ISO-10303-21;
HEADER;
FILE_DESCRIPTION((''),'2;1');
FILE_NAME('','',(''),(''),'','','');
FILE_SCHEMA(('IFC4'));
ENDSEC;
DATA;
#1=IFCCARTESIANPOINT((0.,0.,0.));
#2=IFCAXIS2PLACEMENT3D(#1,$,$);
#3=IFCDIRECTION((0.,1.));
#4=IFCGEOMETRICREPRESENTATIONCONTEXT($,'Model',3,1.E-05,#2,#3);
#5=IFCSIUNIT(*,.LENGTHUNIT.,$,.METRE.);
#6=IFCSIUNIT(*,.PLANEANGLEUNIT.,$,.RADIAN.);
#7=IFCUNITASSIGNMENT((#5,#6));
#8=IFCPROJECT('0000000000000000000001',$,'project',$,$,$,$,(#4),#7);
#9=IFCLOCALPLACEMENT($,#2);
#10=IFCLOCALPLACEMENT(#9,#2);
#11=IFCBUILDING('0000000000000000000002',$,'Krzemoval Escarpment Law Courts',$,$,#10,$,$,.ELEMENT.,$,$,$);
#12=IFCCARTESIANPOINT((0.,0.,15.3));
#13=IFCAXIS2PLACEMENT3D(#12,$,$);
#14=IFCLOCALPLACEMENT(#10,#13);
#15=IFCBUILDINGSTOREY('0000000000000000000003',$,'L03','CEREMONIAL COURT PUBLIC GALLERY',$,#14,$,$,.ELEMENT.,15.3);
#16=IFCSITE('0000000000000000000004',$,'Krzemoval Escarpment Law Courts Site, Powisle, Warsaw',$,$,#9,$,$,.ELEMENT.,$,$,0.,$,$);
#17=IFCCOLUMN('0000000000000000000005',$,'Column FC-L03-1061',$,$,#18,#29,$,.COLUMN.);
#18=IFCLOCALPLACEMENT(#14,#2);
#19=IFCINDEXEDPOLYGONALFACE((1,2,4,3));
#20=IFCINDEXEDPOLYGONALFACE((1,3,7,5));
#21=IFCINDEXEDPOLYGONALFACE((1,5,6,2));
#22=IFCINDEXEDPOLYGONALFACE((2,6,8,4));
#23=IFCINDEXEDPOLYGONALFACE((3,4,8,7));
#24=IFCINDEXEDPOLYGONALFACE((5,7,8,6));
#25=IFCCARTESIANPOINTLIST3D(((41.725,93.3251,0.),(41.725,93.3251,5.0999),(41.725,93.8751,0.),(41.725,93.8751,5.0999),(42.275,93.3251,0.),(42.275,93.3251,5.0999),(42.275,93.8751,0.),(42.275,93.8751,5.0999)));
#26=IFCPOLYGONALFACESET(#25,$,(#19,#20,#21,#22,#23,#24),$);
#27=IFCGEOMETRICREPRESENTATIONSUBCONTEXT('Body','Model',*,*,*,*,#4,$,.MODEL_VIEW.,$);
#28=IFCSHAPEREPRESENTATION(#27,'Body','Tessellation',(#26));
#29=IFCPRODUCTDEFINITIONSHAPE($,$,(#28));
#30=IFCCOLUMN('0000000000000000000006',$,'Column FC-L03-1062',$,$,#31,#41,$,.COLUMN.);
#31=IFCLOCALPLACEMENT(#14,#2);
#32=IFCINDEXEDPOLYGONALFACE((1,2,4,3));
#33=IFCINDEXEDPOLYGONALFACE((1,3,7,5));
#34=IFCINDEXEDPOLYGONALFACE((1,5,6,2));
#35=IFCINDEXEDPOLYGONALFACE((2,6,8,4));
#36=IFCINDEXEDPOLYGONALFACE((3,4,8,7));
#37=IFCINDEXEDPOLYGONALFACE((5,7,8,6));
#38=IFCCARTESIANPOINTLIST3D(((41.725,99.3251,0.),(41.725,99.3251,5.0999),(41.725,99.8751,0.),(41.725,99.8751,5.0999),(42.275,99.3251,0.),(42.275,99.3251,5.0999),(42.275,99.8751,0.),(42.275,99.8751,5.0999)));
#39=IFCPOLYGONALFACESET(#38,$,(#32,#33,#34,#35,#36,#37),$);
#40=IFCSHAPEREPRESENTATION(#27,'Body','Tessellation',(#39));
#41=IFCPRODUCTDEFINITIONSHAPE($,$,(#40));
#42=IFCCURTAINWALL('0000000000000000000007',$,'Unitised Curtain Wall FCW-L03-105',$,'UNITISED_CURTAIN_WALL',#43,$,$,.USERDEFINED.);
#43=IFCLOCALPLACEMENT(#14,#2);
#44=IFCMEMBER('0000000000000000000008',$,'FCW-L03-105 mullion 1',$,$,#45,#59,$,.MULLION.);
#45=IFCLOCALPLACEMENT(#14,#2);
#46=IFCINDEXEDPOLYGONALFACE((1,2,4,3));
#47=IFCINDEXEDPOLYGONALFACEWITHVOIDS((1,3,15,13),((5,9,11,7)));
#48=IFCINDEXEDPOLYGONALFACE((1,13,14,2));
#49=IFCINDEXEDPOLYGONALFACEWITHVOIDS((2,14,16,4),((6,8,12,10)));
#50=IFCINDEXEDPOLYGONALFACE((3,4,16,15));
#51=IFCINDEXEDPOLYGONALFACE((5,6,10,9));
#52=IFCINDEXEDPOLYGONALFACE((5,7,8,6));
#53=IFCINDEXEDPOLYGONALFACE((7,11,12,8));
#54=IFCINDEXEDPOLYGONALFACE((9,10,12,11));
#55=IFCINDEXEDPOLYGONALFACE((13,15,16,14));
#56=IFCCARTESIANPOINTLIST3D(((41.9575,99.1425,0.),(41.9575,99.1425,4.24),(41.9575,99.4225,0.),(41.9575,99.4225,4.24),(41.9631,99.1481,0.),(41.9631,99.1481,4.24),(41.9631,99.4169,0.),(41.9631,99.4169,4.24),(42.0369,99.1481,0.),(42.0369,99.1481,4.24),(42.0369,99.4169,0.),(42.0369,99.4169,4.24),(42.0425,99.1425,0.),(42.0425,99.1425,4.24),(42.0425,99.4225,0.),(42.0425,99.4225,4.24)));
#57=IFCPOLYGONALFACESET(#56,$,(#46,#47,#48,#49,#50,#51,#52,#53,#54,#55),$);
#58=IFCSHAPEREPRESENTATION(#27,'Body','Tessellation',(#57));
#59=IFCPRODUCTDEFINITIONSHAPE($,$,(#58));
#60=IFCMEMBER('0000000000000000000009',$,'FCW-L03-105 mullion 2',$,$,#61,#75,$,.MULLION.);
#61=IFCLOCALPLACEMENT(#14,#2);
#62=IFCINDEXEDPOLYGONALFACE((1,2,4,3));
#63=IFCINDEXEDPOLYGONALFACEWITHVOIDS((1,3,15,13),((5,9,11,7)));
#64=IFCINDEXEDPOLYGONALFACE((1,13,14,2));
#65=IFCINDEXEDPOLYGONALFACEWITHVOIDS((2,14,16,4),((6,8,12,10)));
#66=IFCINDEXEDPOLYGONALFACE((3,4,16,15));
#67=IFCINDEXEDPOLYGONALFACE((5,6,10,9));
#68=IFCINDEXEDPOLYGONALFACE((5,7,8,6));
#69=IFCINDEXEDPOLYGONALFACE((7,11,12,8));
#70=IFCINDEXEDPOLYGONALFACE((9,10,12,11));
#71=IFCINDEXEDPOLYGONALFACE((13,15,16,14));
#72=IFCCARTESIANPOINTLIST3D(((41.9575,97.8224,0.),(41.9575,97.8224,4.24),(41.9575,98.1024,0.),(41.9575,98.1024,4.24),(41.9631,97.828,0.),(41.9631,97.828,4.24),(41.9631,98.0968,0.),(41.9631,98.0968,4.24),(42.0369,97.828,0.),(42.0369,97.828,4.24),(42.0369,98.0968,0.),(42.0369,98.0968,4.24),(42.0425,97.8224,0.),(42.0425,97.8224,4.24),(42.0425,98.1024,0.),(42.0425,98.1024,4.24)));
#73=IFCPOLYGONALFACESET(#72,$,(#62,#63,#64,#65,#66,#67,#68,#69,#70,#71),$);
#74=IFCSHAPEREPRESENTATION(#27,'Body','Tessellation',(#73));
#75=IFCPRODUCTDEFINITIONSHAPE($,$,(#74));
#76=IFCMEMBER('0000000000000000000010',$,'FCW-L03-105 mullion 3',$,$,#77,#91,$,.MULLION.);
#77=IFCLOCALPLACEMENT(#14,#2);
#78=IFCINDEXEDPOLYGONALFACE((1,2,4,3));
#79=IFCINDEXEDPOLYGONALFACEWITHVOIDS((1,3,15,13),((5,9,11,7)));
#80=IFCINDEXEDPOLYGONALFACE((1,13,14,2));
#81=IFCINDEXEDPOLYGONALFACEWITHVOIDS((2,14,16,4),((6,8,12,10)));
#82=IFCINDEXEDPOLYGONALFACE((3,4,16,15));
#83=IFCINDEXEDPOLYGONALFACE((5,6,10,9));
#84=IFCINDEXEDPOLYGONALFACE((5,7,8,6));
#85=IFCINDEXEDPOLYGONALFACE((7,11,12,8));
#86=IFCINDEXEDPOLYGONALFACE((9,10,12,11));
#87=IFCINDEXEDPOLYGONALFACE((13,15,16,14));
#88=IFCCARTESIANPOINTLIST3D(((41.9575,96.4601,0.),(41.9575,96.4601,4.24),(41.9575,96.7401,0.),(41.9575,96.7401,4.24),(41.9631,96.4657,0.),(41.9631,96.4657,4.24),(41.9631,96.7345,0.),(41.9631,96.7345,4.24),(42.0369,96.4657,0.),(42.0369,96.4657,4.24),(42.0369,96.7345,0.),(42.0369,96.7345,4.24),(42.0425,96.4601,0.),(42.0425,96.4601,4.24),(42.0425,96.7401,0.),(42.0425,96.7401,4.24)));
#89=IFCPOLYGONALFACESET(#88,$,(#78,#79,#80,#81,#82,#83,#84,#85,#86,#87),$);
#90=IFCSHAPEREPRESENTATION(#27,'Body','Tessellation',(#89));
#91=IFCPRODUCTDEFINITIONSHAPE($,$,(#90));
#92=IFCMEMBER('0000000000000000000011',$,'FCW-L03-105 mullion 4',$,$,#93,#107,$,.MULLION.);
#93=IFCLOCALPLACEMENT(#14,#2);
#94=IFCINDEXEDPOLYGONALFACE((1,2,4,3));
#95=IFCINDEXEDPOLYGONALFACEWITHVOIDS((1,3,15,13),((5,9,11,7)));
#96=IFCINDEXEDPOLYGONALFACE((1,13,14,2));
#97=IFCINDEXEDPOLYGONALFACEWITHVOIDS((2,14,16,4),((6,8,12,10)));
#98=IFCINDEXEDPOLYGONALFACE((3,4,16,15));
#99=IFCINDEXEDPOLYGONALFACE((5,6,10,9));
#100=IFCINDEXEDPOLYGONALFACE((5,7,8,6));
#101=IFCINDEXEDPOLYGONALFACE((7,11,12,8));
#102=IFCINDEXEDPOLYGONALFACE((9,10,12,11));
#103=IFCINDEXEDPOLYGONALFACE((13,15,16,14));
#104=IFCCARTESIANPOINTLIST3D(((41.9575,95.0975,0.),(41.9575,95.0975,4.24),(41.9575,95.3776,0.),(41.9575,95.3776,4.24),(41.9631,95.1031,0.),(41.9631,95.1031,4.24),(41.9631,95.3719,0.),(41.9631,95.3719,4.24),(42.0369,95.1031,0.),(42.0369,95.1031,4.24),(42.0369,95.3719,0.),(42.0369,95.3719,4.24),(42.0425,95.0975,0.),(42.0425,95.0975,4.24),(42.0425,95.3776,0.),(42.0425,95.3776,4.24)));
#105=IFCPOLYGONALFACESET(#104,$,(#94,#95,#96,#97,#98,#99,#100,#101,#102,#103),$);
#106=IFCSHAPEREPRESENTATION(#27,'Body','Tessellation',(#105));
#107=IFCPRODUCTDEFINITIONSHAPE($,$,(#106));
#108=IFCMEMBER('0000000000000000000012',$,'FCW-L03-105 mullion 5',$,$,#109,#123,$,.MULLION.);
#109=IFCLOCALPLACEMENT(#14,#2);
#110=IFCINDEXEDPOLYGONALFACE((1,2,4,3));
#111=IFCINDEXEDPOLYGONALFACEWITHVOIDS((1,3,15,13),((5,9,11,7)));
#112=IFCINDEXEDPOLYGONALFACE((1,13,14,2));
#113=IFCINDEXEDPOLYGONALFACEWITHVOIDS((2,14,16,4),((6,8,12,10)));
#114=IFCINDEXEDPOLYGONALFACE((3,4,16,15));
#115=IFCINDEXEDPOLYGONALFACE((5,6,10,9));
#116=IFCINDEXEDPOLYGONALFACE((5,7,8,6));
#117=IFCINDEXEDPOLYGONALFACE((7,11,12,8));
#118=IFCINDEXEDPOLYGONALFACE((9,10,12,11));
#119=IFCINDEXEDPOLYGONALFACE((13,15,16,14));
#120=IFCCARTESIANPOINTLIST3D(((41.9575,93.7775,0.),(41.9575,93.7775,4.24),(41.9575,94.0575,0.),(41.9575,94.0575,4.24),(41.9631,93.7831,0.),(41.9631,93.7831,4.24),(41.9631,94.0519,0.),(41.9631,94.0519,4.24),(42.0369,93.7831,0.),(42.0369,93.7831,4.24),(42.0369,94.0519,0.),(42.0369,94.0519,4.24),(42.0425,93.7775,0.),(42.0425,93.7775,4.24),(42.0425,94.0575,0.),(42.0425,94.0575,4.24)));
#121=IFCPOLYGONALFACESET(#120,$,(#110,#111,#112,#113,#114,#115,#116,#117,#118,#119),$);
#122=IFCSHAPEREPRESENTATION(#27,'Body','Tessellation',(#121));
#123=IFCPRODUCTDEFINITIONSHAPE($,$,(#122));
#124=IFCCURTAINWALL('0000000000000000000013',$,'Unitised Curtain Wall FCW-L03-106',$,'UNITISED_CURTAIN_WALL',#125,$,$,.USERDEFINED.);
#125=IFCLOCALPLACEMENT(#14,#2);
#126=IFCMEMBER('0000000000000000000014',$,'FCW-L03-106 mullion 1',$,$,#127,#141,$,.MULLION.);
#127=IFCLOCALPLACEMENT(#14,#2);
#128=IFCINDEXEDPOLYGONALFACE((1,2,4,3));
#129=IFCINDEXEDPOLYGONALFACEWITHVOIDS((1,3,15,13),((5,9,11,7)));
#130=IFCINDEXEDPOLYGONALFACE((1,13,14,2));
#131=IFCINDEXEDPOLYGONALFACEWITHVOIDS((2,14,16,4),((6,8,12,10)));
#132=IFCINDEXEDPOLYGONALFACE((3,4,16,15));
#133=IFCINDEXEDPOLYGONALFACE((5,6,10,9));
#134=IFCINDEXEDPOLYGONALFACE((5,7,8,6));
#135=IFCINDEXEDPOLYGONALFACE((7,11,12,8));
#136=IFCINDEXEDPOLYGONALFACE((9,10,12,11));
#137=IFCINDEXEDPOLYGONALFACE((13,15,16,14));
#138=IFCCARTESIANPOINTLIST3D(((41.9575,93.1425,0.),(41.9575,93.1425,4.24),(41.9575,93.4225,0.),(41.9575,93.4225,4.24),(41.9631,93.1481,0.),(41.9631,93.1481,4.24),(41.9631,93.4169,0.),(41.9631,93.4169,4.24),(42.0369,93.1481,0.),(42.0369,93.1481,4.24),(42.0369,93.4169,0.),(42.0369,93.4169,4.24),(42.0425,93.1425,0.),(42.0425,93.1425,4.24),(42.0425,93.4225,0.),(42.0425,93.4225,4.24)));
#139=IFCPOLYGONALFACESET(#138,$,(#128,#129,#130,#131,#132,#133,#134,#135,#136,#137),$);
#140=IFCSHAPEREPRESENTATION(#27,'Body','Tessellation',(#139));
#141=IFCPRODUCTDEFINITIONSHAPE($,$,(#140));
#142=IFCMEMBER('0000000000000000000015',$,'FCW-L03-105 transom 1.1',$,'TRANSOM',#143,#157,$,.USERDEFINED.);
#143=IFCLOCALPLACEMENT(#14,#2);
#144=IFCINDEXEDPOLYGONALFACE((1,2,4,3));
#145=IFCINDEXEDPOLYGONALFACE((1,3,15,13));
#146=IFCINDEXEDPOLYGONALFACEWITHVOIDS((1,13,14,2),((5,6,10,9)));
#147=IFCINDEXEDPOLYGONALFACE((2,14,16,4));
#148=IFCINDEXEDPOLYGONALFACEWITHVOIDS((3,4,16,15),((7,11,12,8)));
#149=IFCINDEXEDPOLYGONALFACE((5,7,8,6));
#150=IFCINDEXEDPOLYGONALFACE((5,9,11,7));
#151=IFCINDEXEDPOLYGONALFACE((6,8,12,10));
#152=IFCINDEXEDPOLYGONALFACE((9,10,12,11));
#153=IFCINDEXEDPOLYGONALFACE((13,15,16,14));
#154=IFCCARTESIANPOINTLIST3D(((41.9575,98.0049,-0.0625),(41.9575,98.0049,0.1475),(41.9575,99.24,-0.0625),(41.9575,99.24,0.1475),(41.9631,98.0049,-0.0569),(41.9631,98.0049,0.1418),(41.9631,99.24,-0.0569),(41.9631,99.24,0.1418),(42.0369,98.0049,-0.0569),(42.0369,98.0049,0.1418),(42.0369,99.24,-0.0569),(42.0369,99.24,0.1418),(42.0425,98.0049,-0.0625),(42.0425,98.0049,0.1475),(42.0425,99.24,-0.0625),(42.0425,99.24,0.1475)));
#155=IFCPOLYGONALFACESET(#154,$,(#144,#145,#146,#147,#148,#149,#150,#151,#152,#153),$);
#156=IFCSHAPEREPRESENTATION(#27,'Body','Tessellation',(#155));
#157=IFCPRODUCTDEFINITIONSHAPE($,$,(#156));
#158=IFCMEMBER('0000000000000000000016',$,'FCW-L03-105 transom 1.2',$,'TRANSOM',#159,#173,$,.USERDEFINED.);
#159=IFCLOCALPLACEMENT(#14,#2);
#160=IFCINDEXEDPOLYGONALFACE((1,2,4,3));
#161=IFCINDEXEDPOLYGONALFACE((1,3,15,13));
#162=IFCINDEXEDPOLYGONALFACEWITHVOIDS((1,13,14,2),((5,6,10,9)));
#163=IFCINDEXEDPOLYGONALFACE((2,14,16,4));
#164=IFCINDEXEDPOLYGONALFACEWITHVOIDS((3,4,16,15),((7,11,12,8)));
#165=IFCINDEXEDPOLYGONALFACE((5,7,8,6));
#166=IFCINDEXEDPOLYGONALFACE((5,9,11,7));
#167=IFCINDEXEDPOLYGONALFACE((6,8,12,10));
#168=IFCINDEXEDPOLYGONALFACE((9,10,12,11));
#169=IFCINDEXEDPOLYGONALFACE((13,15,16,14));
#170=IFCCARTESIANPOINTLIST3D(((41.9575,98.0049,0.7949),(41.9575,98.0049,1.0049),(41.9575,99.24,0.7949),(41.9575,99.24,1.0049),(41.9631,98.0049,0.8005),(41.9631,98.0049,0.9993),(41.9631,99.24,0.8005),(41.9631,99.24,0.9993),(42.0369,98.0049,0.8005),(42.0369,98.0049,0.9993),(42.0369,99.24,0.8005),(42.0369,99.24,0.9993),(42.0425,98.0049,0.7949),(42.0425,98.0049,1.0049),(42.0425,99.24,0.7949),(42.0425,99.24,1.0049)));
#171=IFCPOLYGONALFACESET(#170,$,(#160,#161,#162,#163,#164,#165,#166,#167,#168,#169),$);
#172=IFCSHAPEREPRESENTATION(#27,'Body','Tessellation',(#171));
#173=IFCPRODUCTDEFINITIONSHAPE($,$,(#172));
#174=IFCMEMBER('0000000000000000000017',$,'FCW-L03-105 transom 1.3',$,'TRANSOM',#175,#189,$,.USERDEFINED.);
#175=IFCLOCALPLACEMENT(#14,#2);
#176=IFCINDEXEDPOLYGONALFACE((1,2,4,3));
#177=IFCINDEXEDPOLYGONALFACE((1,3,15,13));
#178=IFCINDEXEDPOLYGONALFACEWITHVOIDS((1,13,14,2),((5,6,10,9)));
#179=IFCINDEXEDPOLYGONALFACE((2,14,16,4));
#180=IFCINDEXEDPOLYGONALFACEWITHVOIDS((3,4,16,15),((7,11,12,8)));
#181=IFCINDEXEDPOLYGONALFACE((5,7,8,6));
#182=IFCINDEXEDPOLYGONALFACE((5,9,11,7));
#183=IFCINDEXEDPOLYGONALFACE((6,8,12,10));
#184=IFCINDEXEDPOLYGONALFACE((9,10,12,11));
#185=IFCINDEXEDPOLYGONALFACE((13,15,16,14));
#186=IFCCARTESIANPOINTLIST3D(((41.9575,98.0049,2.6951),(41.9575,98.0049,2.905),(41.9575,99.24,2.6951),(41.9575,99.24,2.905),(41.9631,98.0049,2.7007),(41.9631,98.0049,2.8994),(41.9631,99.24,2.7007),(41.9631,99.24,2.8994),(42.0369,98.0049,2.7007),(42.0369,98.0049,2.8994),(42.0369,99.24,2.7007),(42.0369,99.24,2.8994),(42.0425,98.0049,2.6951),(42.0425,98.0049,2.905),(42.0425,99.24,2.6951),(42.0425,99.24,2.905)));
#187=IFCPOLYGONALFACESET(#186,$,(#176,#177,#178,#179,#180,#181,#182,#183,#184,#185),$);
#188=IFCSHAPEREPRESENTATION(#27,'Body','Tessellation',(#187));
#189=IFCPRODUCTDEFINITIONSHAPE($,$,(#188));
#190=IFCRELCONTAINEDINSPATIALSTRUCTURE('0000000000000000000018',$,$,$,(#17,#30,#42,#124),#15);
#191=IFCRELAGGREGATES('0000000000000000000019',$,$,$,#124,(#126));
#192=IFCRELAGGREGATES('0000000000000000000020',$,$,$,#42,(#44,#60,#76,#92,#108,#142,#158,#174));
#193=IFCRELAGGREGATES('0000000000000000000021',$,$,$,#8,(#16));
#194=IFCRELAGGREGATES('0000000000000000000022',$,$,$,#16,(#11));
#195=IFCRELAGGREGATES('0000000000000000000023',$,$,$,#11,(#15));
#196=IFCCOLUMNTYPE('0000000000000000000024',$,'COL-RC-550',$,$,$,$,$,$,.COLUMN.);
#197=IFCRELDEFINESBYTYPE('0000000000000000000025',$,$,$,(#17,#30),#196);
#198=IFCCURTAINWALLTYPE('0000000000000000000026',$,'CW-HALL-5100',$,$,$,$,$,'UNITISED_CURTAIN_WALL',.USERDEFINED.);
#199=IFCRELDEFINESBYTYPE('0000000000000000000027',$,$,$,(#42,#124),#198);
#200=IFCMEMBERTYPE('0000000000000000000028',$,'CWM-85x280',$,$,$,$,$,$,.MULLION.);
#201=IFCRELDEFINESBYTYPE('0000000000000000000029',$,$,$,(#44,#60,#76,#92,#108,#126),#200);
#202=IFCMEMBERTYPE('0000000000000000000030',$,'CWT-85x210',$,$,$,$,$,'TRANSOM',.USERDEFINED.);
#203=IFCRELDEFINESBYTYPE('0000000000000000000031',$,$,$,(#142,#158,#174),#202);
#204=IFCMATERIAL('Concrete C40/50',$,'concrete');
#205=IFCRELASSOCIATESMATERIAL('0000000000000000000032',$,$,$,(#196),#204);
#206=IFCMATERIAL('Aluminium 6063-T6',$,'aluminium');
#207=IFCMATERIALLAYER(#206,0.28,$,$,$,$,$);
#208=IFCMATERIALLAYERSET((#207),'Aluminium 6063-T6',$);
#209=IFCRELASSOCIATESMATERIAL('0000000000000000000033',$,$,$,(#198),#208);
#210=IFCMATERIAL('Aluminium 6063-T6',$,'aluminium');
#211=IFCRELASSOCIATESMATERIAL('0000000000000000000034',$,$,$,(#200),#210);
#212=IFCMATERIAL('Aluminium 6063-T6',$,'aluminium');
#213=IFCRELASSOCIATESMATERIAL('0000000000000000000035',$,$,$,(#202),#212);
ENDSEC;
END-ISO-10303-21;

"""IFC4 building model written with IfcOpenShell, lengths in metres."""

from ifc_helpers import new_model, si_unit, direction, frame, origin, origin_2d, place, context, subcontext, project, spatial, rectangle, hollow_rectangle, extrude, material, layer, layer_set, material_profile, profile_set, type_object, element, aggregate, save


model = new_model("IFC4")

# Units and contexts
model_context = context("Model", 3, precision=1e-05, world=origin(), true_north=direction((0.0, 1.0)))
body_context = subcontext(model_context, "Body", "Model", "MODEL_VIEW")
ifc_project = project(units=[si_unit("LENGTHUNIT", "METRE"), si_unit("PLANEANGLEUNIT", "RADIAN")], contexts=[model_context])

# Site, building, storey
site_placement = place(None, origin())
site = spatial("IfcSite", under=ifc_project, at=site_placement, Name="Krzemoval Escarpment Law Courts Site, Powisle, Warsaw", CompositionType="ELEMENT", RefElevation=0.0)
building_placement = place(site_placement, origin())
building = spatial("IfcBuilding", under=site, at=building_placement, Name="Krzemoval Escarpment Law Courts", CompositionType="ELEMENT")
storey_placement = place(building_placement, frame((0.0, 0.0, 15.3)))
storey = spatial("IfcBuildingStorey", under=building, at=storey_placement, Name="L03", Description="CEREMONIAL COURT PUBLIC GALLERY", CompositionType="ELEMENT", Elevation=15.3)

# Columns
ifc_material_1 = material(Name="Concrete C40/50", Category="concrete")
ifc_material_profile_1 = material_profile(ifc_material_1, rectangle(XDim=0.55, YDim=0.55, at=origin_2d()), Name="RC 550x550")
ifc_profile_set_1 = profile_set([ifc_material_profile_1], Name="Concrete C40/50")
column_type = type_object("IfcColumnType", Name="COL-RC-550", PredefinedType="COLUMN", material=ifc_profile_set_1)
for number, where, z_axis, x_axis, name in (
    (1, (42.0, 93.6001, 0.0), (0.0, 0.0, 1.0), (1.0, 0.0, 0.0), "Column FC-L03-1061"),
    (2, (42.0, 99.6001, 0.0), (0.0, 0.0, 1.0), (1.0, 0.0, 0.0), "Column FC-L03-1062"),
):
    element("IfcColumn", number, at=place(storey_placement, frame(where, z_axis=z_axis, x_axis=x_axis)), inside=storey, type_object=column_type, Name=name, PredefinedType="COLUMN", context=body_context, shape_type="SweptSolid", body=[
        extrude(rectangle(XDim=0.55, YDim=0.55, at=origin_2d()), origin(), (0.0, 0.0, 1.0), 5.0999),
    ])

# Curtain wall, members
ifc_material_2 = material(Name="Aluminium 6063-T6", Category="aluminium")
ifc_layer_1 = layer(ifc_material_2, 0.28)
ifc_layer_set_1 = layer_set([ifc_layer_1], Name="Aluminium 6063-T6")
curtain_wall_type = type_object("IfcCurtainWallType", Name="CW-HALL-5100", ElementType="UNITISED_CURTAIN_WALL", PredefinedType="USERDEFINED", material=ifc_layer_set_1)
curtain_wall_1_placement = place(storey_placement, origin())
curtain_wall_1 = element("IfcCurtainWall", 3, at=curtain_wall_1_placement, inside=storey, type_object=curtain_wall_type, Name="Unitised Curtain Wall FCW-L03-105", ObjectType="UNITISED_CURTAIN_WALL", PredefinedType="USERDEFINED")
ifc_material_3 = material(Name="Aluminium 6063-T6", Category="aluminium")
ifc_material_profile_2 = material_profile(ifc_material_3, hollow_rectangle(XDim=0.085, YDim=0.28, WallThickness=0.0056, at=origin_2d()), Name="ALU M85x280")
ifc_profile_set_2 = profile_set([ifc_material_profile_2], Name="Aluminium 6063-T6")
member_type_1 = type_object("IfcMemberType", Name="CWM-85x280", PredefinedType="MULLION", material=ifc_profile_set_2)
member_1_placement = place(storey_placement, frame((42.0, 99.2825, 0.0), z_axis=(0.0, 0.0, 1.0), x_axis=(1.0, 0.0, 0.0)))
member_1 = element("IfcMember", 4, at=member_1_placement, type_object=member_type_1, Name="FCW-L03-105 mullion 1", PredefinedType="MULLION", context=body_context, shape_type="SweptSolid", body=[
    extrude(hollow_rectangle(XDim=0.085, YDim=0.28, WallThickness=0.0056, at=origin_2d()), origin(), (0.0, 0.0, 1.0), 4.24),
])
member_2_placement = place(storey_placement, frame((42.0, 97.9624, 0.0), z_axis=(0.0, 0.0, 1.0), x_axis=(1.0, 0.0, 0.0)))
member_2 = element("IfcMember", 5, at=member_2_placement, type_object=member_type_1, Name="FCW-L03-105 mullion 2", PredefinedType="MULLION", context=body_context, shape_type="SweptSolid", body=[
    extrude(hollow_rectangle(XDim=0.085, YDim=0.28, WallThickness=0.0056, at=origin_2d()), origin(), (0.0, 0.0, 1.0), 4.24),
])
member_3_placement = place(storey_placement, frame((42.0, 96.6001, 0.0), z_axis=(0.0, 0.0, 1.0), x_axis=(1.0, 0.0, 0.0)))
member_3 = element("IfcMember", 6, at=member_3_placement, type_object=member_type_1, Name="FCW-L03-105 mullion 3", PredefinedType="MULLION", context=body_context, shape_type="SweptSolid", body=[
    extrude(hollow_rectangle(XDim=0.085, YDim=0.28, WallThickness=0.0056, at=origin_2d()), origin(), (0.0, 0.0, 1.0), 4.24),
])
member_4_placement = place(storey_placement, frame((42.0, 95.2375, 0.0), z_axis=(0.0, 0.0, 1.0), x_axis=(1.0, 0.0, 0.0)))
member_4 = element("IfcMember", 7, at=member_4_placement, type_object=member_type_1, Name="FCW-L03-105 mullion 4", PredefinedType="MULLION", context=body_context, shape_type="SweptSolid", body=[
    extrude(hollow_rectangle(XDim=0.085, YDim=0.28, WallThickness=0.0056, at=origin_2d()), origin(), (0.0, 0.0, 1.0), 4.24),
])
member_5_placement = place(storey_placement, frame((42.0, 93.9175, 0.0), z_axis=(0.0, 0.0, 1.0), x_axis=(1.0, 0.0, 0.0)))
member_5 = element("IfcMember", 8, at=member_5_placement, type_object=member_type_1, Name="FCW-L03-105 mullion 5", PredefinedType="MULLION", context=body_context, shape_type="SweptSolid", body=[
    extrude(hollow_rectangle(XDim=0.085, YDim=0.28, WallThickness=0.0056, at=origin_2d()), origin(), (0.0, 0.0, 1.0), 4.24),
])

# Curtain wall, member
curtain_wall_2_placement = place(storey_placement, origin())
curtain_wall_2 = element("IfcCurtainWall", 9, at=curtain_wall_2_placement, inside=storey, type_object=curtain_wall_type, Name="Unitised Curtain Wall FCW-L03-106", ObjectType="UNITISED_CURTAIN_WALL", PredefinedType="USERDEFINED")
member_6_placement = place(storey_placement, frame((42.0, 93.2825, 0.0), z_axis=(0.0, 0.0, 1.0), x_axis=(1.0, 0.0, 0.0)))
member_6 = element("IfcMember", 10, at=member_6_placement, type_object=member_type_1, Name="FCW-L03-106 mullion 1", PredefinedType="MULLION", context=body_context, shape_type="SweptSolid", body=[
    extrude(hollow_rectangle(XDim=0.085, YDim=0.28, WallThickness=0.0056, at=origin_2d()), origin(), (0.0, 0.0, 1.0), 4.24),
])
aggregate(curtain_wall_2, [member_6])

# Members
ifc_material_4 = material(Name="Aluminium 6063-T6", Category="aluminium")
ifc_material_profile_3 = material_profile(ifc_material_4, hollow_rectangle(XDim=0.085, YDim=0.21, WallThickness=0.0056, at=origin_2d()), Name="ALU T85x210")
ifc_profile_set_3 = profile_set([ifc_material_profile_3], Name="Aluminium 6063-T6")
member_type_2 = type_object("IfcMemberType", Name="CWT-85x210", ElementType="TRANSOM", PredefinedType="USERDEFINED", material=ifc_profile_set_3)
member_7_placement = place(storey_placement, frame((42.0, 99.24, 0.0425), z_axis=(0.0, -1.0, 0.0), x_axis=(1.0, 0.0, 0.0)))
member_7 = element("IfcMember", 11, at=member_7_placement, type_object=member_type_2, Name="FCW-L03-105 transom 1.1", ObjectType="TRANSOM", PredefinedType="USERDEFINED", context=body_context, shape_type="SweptSolid", body=[
    extrude(hollow_rectangle(XDim=0.085, YDim=0.21, WallThickness=0.0056, at=origin_2d()), origin(), (0.0, 0.0, 1.0), 1.2351),
])
member_8_placement = place(storey_placement, frame((42.0, 99.24, 0.8999), z_axis=(0.0, -1.0, 0.0), x_axis=(1.0, 0.0, 0.0)))
member_8 = element("IfcMember", 12, at=member_8_placement, type_object=member_type_2, Name="FCW-L03-105 transom 1.2", ObjectType="TRANSOM", PredefinedType="USERDEFINED", context=body_context, shape_type="SweptSolid", body=[
    extrude(hollow_rectangle(XDim=0.085, YDim=0.21, WallThickness=0.0056, at=origin_2d()), origin(), (0.0, 0.0, 1.0), 1.2351),
])
member_9_placement = place(storey_placement, frame((42.0, 99.24, 2.8), z_axis=(0.0, -1.0, 0.0), x_axis=(1.0, 0.0, 0.0)))
member_9 = element("IfcMember", 13, at=member_9_placement, type_object=member_type_2, Name="FCW-L03-105 transom 1.3", ObjectType="TRANSOM", PredefinedType="USERDEFINED", context=body_context, shape_type="SweptSolid", body=[
    extrude(hollow_rectangle(XDim=0.085, YDim=0.21, WallThickness=0.0056, at=origin_2d()), origin(), (0.0, 0.0, 1.0), 1.2351),
])

aggregate(curtain_wall_1, [member_1, member_2, member_3, member_4, member_5, member_7, member_8, member_9])

save(model, "model.ifc")
